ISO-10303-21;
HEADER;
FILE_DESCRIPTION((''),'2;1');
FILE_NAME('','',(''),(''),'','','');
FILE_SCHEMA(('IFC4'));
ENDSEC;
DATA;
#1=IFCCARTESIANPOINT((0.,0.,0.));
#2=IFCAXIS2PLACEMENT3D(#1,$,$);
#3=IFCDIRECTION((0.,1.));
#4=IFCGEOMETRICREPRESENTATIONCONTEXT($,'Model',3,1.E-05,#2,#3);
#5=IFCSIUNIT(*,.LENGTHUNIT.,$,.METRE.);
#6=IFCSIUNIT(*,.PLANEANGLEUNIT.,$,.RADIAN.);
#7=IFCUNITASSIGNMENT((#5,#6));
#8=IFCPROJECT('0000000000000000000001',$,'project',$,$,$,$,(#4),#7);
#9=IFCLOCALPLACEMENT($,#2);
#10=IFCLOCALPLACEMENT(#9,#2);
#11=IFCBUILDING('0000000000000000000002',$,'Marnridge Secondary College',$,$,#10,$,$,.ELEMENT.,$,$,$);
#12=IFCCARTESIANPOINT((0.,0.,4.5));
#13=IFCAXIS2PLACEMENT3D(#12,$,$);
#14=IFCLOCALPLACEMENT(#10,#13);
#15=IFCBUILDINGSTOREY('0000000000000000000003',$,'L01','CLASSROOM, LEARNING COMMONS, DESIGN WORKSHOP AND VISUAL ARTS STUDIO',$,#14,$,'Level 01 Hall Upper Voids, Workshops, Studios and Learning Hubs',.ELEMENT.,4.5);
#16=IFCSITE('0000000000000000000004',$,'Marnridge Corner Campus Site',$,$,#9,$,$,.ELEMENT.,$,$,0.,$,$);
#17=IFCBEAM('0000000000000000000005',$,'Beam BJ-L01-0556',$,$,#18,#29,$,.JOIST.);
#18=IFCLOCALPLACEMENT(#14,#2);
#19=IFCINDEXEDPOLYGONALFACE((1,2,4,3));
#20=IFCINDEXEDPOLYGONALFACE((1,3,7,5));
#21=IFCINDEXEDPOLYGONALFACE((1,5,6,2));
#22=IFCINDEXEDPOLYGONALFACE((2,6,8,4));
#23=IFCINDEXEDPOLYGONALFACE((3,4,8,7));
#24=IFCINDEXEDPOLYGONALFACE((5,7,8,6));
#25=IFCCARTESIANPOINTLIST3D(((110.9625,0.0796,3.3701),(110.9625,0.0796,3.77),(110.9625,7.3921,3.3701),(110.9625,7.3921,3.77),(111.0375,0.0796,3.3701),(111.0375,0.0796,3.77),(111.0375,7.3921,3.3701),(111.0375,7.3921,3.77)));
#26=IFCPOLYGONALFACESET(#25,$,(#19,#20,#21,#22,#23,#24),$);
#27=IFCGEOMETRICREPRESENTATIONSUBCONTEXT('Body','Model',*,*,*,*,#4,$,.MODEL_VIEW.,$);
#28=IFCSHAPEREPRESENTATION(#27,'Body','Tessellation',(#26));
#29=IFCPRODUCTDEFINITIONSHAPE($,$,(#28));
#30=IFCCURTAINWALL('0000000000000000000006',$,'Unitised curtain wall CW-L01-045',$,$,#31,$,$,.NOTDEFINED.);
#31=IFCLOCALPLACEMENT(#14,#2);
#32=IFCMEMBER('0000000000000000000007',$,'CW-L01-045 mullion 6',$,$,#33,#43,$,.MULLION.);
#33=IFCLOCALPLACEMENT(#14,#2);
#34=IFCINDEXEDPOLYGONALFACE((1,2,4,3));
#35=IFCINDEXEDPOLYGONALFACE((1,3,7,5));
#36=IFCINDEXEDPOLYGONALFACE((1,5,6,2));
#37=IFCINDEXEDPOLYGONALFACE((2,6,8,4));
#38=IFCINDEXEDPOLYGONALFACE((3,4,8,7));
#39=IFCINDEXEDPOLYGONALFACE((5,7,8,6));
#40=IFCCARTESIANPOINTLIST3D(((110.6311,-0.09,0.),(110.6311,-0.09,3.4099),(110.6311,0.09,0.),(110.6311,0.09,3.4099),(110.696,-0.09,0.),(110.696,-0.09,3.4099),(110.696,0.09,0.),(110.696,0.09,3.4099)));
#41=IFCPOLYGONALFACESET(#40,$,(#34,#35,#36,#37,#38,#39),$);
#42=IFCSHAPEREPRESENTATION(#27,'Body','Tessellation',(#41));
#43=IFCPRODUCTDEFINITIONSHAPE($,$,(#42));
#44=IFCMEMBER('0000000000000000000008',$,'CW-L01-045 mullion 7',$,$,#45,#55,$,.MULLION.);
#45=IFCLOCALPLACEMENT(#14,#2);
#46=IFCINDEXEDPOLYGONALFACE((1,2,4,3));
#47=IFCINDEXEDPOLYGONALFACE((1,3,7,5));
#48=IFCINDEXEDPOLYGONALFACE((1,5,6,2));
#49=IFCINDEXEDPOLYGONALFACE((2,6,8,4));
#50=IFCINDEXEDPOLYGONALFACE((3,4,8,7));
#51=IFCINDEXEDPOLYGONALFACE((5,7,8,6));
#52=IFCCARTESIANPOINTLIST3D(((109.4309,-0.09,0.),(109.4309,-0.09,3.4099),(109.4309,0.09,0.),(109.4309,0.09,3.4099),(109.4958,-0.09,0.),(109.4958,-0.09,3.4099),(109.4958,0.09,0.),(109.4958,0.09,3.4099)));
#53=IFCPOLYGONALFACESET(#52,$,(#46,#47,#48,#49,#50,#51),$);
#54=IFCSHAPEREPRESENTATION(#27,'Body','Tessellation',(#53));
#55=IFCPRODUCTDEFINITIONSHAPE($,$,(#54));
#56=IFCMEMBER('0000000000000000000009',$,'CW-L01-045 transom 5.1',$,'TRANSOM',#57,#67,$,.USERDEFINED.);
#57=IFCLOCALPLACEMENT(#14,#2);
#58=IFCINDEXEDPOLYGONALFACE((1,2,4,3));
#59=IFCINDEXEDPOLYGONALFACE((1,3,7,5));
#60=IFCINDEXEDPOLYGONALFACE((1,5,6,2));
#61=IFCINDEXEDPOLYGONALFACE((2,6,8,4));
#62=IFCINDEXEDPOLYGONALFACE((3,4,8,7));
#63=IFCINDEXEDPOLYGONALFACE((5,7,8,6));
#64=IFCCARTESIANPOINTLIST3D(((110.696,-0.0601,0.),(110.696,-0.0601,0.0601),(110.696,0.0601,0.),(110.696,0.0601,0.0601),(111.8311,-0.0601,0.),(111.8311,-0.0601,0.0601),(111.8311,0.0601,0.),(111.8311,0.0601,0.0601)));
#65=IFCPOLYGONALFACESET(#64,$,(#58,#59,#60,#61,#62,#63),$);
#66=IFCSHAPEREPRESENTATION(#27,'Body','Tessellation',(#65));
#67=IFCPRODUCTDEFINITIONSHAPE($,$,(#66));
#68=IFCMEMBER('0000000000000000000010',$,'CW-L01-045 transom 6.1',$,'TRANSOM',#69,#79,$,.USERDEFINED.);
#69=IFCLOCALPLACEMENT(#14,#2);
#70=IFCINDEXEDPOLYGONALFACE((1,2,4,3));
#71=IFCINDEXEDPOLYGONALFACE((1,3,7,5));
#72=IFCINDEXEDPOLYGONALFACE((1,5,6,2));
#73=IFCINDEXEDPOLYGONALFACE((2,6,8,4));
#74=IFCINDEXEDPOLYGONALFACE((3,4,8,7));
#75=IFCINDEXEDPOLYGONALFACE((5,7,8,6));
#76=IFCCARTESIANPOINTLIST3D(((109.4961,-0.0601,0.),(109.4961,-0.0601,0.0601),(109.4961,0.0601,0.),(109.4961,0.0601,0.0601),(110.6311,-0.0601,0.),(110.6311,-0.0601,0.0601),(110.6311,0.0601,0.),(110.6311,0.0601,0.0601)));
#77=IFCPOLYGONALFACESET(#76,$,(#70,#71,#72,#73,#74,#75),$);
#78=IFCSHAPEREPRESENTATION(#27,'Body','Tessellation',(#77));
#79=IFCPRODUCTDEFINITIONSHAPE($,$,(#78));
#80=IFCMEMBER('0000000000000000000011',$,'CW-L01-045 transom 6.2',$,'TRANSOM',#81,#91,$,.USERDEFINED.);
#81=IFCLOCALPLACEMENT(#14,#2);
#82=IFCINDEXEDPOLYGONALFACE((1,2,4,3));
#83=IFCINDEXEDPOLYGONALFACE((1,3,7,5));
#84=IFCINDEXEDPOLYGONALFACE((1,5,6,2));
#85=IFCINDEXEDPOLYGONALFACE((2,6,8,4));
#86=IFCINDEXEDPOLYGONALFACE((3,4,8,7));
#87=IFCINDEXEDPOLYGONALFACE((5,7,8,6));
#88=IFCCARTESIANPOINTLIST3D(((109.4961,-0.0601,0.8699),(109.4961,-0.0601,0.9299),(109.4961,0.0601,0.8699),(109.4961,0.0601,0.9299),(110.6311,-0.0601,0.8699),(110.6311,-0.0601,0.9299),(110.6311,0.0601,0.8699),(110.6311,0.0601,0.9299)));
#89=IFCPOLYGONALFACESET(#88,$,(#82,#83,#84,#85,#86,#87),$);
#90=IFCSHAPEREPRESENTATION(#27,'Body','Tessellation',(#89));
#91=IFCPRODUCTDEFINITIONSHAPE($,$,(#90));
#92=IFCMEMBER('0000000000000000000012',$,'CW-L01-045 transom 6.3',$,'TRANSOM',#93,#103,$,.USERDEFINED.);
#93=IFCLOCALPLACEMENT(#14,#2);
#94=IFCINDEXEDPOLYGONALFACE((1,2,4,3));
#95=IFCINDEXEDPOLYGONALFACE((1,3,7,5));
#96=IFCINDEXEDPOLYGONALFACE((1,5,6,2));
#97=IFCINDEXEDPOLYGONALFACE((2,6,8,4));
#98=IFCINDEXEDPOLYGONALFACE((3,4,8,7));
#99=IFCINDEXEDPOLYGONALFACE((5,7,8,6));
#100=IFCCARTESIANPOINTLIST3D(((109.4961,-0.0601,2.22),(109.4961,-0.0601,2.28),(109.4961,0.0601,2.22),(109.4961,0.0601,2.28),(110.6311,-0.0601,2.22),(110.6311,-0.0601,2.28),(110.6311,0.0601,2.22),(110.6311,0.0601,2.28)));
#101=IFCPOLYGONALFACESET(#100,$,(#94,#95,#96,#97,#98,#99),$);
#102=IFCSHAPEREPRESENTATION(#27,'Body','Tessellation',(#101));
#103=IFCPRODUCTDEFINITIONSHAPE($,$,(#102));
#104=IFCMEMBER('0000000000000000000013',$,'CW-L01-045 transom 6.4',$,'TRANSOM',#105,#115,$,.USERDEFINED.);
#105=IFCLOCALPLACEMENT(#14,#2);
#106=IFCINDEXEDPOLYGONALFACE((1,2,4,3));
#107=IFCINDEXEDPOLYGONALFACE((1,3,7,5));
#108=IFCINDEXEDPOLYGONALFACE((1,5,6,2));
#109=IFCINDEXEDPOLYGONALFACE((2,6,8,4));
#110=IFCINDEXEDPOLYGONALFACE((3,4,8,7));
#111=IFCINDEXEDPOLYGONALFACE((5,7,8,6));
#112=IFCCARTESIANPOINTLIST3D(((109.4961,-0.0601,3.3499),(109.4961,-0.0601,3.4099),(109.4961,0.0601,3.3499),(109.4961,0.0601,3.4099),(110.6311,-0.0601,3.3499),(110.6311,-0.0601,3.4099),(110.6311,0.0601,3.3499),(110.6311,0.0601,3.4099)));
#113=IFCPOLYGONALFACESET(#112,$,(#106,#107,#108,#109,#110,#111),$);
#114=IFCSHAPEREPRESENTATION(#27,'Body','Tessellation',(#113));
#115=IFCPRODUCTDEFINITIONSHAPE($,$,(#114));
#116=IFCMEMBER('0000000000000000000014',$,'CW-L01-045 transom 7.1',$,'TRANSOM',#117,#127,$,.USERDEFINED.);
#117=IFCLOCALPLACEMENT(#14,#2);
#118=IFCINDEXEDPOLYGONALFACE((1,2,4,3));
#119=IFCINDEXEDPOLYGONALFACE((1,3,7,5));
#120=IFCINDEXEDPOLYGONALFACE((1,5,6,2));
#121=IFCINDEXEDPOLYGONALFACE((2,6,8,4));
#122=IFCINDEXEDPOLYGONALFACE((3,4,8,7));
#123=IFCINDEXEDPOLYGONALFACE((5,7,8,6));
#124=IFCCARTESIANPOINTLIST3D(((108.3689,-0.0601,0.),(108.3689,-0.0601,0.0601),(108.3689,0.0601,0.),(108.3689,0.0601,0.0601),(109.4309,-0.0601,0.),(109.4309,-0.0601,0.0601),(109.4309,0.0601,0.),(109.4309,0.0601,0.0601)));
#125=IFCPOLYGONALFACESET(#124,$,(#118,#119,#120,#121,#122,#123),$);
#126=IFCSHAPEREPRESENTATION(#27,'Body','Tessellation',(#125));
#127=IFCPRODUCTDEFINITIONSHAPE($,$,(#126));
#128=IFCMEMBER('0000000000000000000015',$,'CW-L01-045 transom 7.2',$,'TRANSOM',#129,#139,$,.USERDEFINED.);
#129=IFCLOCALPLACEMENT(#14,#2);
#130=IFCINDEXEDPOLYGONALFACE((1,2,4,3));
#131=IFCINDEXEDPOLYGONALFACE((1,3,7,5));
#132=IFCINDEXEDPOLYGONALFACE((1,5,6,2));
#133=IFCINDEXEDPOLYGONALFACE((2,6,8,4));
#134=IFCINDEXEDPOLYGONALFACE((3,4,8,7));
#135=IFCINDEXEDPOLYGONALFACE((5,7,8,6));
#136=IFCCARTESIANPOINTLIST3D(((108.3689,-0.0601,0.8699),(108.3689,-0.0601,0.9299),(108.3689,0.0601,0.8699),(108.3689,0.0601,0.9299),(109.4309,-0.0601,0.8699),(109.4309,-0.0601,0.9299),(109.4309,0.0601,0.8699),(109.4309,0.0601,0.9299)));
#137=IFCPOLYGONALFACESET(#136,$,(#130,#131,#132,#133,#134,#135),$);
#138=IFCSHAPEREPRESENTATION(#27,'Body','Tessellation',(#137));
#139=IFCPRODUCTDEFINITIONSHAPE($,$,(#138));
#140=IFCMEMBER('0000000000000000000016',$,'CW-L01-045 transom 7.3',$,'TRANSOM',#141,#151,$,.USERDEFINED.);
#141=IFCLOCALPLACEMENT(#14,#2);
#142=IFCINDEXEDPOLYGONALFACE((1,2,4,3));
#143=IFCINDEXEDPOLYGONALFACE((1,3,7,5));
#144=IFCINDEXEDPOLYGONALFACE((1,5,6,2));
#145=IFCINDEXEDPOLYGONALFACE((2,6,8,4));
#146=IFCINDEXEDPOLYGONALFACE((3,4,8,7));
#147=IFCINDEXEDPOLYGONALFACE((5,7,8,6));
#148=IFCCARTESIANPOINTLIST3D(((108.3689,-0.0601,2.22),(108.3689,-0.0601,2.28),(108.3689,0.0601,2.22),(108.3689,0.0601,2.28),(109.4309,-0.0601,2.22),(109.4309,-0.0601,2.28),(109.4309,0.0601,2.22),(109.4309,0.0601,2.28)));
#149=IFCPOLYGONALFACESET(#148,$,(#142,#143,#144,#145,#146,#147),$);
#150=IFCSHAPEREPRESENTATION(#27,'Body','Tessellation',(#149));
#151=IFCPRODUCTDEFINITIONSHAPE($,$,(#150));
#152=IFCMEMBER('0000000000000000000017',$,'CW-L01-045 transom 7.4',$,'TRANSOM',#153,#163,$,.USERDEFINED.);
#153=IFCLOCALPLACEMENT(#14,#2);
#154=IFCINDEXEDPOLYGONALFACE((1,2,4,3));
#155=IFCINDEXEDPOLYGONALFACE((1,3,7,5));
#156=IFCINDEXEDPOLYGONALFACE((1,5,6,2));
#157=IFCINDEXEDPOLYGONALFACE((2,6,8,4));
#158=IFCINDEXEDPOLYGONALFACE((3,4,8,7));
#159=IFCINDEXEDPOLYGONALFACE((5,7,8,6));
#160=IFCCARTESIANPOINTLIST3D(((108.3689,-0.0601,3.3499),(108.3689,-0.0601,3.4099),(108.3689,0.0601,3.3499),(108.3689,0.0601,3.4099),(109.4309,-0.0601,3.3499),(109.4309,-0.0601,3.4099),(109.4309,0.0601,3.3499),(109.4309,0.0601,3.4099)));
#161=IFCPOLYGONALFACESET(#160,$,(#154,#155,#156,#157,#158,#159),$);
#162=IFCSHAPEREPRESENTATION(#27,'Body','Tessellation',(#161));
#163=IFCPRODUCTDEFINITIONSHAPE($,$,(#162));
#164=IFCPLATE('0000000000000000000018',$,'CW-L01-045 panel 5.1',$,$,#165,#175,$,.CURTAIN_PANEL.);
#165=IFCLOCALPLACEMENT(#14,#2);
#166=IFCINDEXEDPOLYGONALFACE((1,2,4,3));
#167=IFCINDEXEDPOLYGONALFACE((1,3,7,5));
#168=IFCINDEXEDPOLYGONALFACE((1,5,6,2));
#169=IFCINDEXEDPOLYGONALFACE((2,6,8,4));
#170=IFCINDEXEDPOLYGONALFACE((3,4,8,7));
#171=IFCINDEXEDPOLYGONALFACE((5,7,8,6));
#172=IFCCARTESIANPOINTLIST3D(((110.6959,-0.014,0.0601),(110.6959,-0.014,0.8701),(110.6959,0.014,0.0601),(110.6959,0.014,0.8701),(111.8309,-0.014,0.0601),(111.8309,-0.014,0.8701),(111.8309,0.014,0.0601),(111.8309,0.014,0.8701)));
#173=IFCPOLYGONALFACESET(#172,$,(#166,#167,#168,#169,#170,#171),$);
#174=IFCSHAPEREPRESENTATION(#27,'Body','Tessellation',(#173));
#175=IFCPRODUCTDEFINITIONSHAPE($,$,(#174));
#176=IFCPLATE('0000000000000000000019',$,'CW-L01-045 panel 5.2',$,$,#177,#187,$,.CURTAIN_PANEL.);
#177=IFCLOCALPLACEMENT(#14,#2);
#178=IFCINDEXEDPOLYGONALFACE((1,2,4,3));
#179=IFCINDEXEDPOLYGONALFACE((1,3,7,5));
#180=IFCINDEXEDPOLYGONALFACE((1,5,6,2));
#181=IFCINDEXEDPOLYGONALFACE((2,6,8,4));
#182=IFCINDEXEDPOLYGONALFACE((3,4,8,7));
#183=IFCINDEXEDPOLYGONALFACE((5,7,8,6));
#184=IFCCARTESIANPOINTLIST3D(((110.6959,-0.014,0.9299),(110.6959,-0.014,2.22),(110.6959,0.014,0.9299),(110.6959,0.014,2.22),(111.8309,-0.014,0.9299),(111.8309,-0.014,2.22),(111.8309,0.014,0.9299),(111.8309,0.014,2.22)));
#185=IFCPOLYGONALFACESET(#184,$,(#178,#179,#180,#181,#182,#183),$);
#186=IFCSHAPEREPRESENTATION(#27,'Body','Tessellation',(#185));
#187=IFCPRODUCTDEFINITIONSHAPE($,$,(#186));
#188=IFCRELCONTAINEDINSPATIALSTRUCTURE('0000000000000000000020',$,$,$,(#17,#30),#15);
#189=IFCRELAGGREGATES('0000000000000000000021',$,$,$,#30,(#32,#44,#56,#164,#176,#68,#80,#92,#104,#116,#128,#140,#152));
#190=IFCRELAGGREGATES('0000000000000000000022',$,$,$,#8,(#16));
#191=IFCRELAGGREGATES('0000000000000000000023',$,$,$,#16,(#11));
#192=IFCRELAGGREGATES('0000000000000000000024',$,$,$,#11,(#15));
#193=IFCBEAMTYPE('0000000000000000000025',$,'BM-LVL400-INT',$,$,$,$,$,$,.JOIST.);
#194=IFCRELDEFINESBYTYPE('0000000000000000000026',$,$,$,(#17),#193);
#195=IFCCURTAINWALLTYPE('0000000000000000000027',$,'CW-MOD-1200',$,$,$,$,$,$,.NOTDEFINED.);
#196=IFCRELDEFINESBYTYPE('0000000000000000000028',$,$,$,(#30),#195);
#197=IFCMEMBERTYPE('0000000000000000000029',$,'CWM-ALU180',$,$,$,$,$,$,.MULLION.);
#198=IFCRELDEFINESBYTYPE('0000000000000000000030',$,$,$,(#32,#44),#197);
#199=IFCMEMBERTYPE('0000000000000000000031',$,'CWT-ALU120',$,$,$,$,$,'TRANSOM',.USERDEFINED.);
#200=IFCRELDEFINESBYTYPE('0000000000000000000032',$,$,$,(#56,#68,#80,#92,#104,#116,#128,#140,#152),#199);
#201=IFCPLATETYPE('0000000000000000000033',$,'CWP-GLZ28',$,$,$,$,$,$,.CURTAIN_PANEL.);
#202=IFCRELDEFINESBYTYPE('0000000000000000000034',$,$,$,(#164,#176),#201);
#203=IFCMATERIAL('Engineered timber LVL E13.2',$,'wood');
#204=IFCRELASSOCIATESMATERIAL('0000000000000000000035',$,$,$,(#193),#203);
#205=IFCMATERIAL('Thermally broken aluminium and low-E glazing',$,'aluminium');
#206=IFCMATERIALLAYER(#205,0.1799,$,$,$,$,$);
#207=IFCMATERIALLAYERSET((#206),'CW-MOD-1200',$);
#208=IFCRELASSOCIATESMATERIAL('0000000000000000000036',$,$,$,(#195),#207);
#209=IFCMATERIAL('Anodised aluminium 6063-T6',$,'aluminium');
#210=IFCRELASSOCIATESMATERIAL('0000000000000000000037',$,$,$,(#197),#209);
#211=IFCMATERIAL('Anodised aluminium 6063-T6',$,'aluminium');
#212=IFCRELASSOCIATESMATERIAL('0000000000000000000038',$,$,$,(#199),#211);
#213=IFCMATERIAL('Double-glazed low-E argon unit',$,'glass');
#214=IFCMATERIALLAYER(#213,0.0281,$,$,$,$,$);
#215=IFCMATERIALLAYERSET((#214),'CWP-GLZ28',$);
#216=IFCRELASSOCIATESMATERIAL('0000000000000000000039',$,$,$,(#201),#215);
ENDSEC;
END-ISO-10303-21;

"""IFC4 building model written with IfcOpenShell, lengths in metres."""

from ifc_helpers import new_model, si_unit, direction, frame, origin, origin_2d, place, context, subcontext, project, spatial, rectangle, extrude, material, layer, layer_set, material_profile, profile_set, type_object, element, aggregate, save


model = new_model("IFC4")

# Units and contexts
model_context = context("Model", 3, precision=1e-05, world=origin(), true_north=direction((0.0, 1.0)))
body_context = subcontext(model_context, "Body", "Model", "MODEL_VIEW")
ifc_project = project(units=[si_unit("LENGTHUNIT", "METRE"), si_unit("PLANEANGLEUNIT", "RADIAN")], contexts=[model_context])

# Site, building, storey
site_placement = place(None, origin())
site = spatial("IfcSite", under=ifc_project, at=site_placement, Name="Marnridge Corner Campus Site", CompositionType="ELEMENT", RefElevation=0.0)
building_placement = place(site_placement, origin())
building = spatial("IfcBuilding", under=site, at=building_placement, Name="Marnridge Secondary College", CompositionType="ELEMENT")
storey_placement = place(building_placement, frame((0.0, 0.0, 4.5)))
storey = spatial("IfcBuildingStorey", under=building, at=storey_placement, Name="L01", Description="CLASSROOM, LEARNING COMMONS, DESIGN WORKSHOP AND VISUAL ARTS STUDIO", LongName="Level 01 Hall Upper Voids, Workshops, Studios and Learning Hubs", CompositionType="ELEMENT", Elevation=4.5)

# Beam
ifc_material_1 = material(Name="Engineered timber LVL E13.2", Category="wood")
ifc_material_profile_1 = material_profile(ifc_material_1, rectangle(XDim=0.075, YDim=0.3999, at=origin_2d()), Name="LVL 75x400")
ifc_profile_set_1 = profile_set([ifc_material_profile_1], Name="Engineered timber LVL E13.2")
beam_type = type_object("IfcBeamType", Name="BM-LVL400-INT", PredefinedType="JOIST", material=ifc_profile_set_1)
beam_placement = place(storey_placement, frame((111.0, 0.0796, 3.5701), z_axis=(0.0, 1.0, 0.0), x_axis=(-1.0, 0.0, 0.0)))
element("IfcBeam", 1, at=beam_placement, inside=storey, type_object=beam_type, Name="Beam BJ-L01-0556", PredefinedType="JOIST", context=body_context, shape_type="SweptSolid", body=[
    extrude(rectangle(XDim=0.075, YDim=0.3999, at=origin_2d()), origin(), (0.0, 0.0, 1.0), 7.3125),
])

# Curtain wall, members, plates
ifc_material_2 = material(Name="Thermally broken aluminium and low-E glazing", Category="aluminium")
ifc_layer_1 = layer(ifc_material_2, 0.1799)
ifc_layer_set_1 = layer_set([ifc_layer_1], Name="CW-MOD-1200")
curtain_wall_type = type_object("IfcCurtainWallType", Name="CW-MOD-1200", PredefinedType="NOTDEFINED", material=ifc_layer_set_1)
curtain_wall_placement = place(storey_placement, origin())
curtain_wall = element("IfcCurtainWall", 2, at=curtain_wall_placement, inside=storey, type_object=curtain_wall_type, Name="Unitised curtain wall CW-L01-045", PredefinedType="NOTDEFINED")
ifc_material_3 = material(Name="Anodised aluminium 6063-T6", Category="aluminium")
ifc_material_profile_2 = material_profile(ifc_material_3, rectangle(XDim=0.0649, YDim=0.1799, at=origin_2d()), Name="ALU 65x180")
ifc_profile_set_2 = profile_set([ifc_material_profile_2], Name="Anodised aluminium 6063-T6")
member_type_1 = type_object("IfcMemberType", Name="CWM-ALU180", PredefinedType="MULLION", material=ifc_profile_set_2)
member_1_placement = place(storey_placement, frame((110.6636, 0.0, 0.0), z_axis=(0.0, 0.0, 1.0), x_axis=(-1.0, 0.0, 0.0)))
member_1 = element("IfcMember", 3, at=member_1_placement, type_object=member_type_1, Name="CW-L01-045 mullion 6", PredefinedType="MULLION", context=body_context, shape_type="SweptSolid", body=[
    extrude(rectangle(XDim=0.0649, YDim=0.1799, at=origin_2d()), origin(), (0.0, 0.0, 1.0), 3.4099),
])
member_2_placement = place(storey_placement, frame((109.4634, 0.0, 0.0), z_axis=(0.0, 0.0, 1.0), x_axis=(-1.0, 0.0, 0.0)))
member_2 = element("IfcMember", 4, at=member_2_placement, type_object=member_type_1, Name="CW-L01-045 mullion 7", PredefinedType="MULLION", context=body_context, shape_type="SweptSolid", body=[
    extrude(rectangle(XDim=0.0649, YDim=0.1799, at=origin_2d()), origin(), (0.0, 0.0, 1.0), 3.4099),
])
ifc_material_4 = material(Name="Anodised aluminium 6063-T6", Category="aluminium")
ifc_material_profile_3 = material_profile(ifc_material_4, rectangle(XDim=0.0601, YDim=0.1201, at=origin_2d()), Name="ALU 60x120")
ifc_profile_set_3 = profile_set([ifc_material_profile_3], Name="Anodised aluminium 6063-T6")
member_type_2 = type_object("IfcMemberType", Name="CWT-ALU120", ElementType="TRANSOM", PredefinedType="USERDEFINED", material=ifc_profile_set_3)
member_3_placement = place(storey_placement, frame((111.8311, 0.0, 0.03), z_axis=(-1.0, 0.0, 0.0), x_axis=(0.0, 0.0, 1.0)))
member_3 = element("IfcMember", 5, at=member_3_placement, type_object=member_type_2, Name="CW-L01-045 transom 5.1", ObjectType="TRANSOM", PredefinedType="USERDEFINED", context=body_context, shape_type="SweptSolid", body=[
    extrude(rectangle(XDim=0.0601, YDim=0.1201, at=origin_2d()), origin(), (0.0, 0.0, 1.0), 1.135),
])
member_4_placement = place(storey_placement, frame((110.6311, 0.0, 0.03), z_axis=(-1.0, 0.0, 0.0), x_axis=(0.0, 0.0, 1.0)))
member_4 = element("IfcMember", 6, at=member_4_placement, type_object=member_type_2, Name="CW-L01-045 transom 6.1", ObjectType="TRANSOM", PredefinedType="USERDEFINED", context=body_context, shape_type="SweptSolid", body=[
    extrude(rectangle(XDim=0.0601, YDim=0.1201, at=origin_2d()), origin(), (0.0, 0.0, 1.0), 1.135),
])
member_5_placement = place(storey_placement, frame((110.6311, 0.0, 0.8999), z_axis=(-1.0, 0.0, 0.0), x_axis=(0.0, 0.0, 1.0)))
member_5 = element("IfcMember", 7, at=member_5_placement, type_object=member_type_2, Name="CW-L01-045 transom 6.2", ObjectType="TRANSOM", PredefinedType="USERDEFINED", context=body_context, shape_type="SweptSolid", body=[
    extrude(rectangle(XDim=0.0601, YDim=0.1201, at=origin_2d()), origin(), (0.0, 0.0, 1.0), 1.135),
])
member_6_placement = place(storey_placement, frame((110.6311, 0.0, 2.25), z_axis=(-1.0, 0.0, 0.0), x_axis=(0.0, 0.0, 1.0)))
member_6 = element("IfcMember", 8, at=member_6_placement, type_object=member_type_2, Name="CW-L01-045 transom 6.3", ObjectType="TRANSOM", PredefinedType="USERDEFINED", context=body_context, shape_type="SweptSolid", body=[
    extrude(rectangle(XDim=0.0601, YDim=0.1201, at=origin_2d()), origin(), (0.0, 0.0, 1.0), 1.135),
])
member_7_placement = place(storey_placement, frame((110.6311, 0.0, 3.3799), z_axis=(-1.0, 0.0, 0.0), x_axis=(0.0, 0.0, 1.0)))
member_7 = element("IfcMember", 9, at=member_7_placement, type_object=member_type_2, Name="CW-L01-045 transom 6.4", ObjectType="TRANSOM", PredefinedType="USERDEFINED", context=body_context, shape_type="SweptSolid", body=[
    extrude(rectangle(XDim=0.0601, YDim=0.1201, at=origin_2d()), origin(), (0.0, 0.0, 1.0), 1.135),
])
member_8_placement = place(storey_placement, frame((109.4309, 0.0, 0.03), z_axis=(-1.0, 0.0, 0.0), x_axis=(0.0, 0.0, 1.0)))
member_8 = element("IfcMember", 10, at=member_8_placement, type_object=member_type_2, Name="CW-L01-045 transom 7.1", ObjectType="TRANSOM", PredefinedType="USERDEFINED", context=body_context, shape_type="SweptSolid", body=[
    extrude(rectangle(XDim=0.0601, YDim=0.1201, at=origin_2d()), origin(), (0.0, 0.0, 1.0), 1.062),
])
member_9_placement = place(storey_placement, frame((109.4309, 0.0, 0.8999), z_axis=(-1.0, 0.0, 0.0), x_axis=(0.0, 0.0, 1.0)))
member_9 = element("IfcMember", 11, at=member_9_placement, type_object=member_type_2, Name="CW-L01-045 transom 7.2", ObjectType="TRANSOM", PredefinedType="USERDEFINED", context=body_context, shape_type="SweptSolid", body=[
    extrude(rectangle(XDim=0.0601, YDim=0.1201, at=origin_2d()), origin(), (0.0, 0.0, 1.0), 1.062),
])
member_10_placement = place(storey_placement, frame((109.4309, 0.0, 2.25), z_axis=(-1.0, 0.0, 0.0), x_axis=(0.0, 0.0, 1.0)))
member_10 = element("IfcMember", 12, at=member_10_placement, type_object=member_type_2, Name="CW-L01-045 transom 7.3", ObjectType="TRANSOM", PredefinedType="USERDEFINED", context=body_context, shape_type="SweptSolid", body=[
    extrude(rectangle(XDim=0.0601, YDim=0.1201, at=origin_2d()), origin(), (0.0, 0.0, 1.0), 1.062),
])
member_11_placement = place(storey_placement, frame((109.4309, 0.0, 3.3799), z_axis=(-1.0, 0.0, 0.0), x_axis=(0.0, 0.0, 1.0)))
member_11 = element("IfcMember", 13, at=member_11_placement, type_object=member_type_2, Name="CW-L01-045 transom 7.4", ObjectType="TRANSOM", PredefinedType="USERDEFINED", context=body_context, shape_type="SweptSolid", body=[
    extrude(rectangle(XDim=0.0601, YDim=0.1201, at=origin_2d()), origin(), (0.0, 0.0, 1.0), 1.062),
])
ifc_material_5 = material(Name="Double-glazed low-E argon unit", Category="glass")
ifc_layer_2 = layer(ifc_material_5, 0.0281)
ifc_layer_set_2 = layer_set([ifc_layer_2], Name="CWP-GLZ28")
plate_type = type_object("IfcPlateType", Name="CWP-GLZ28", PredefinedType="CURTAIN_PANEL", material=ifc_layer_set_2)
plate_1_placement = place(storey_placement, frame((111.2634, 0.0, 0.0601), z_axis=(0.0, 0.0, 1.0), x_axis=(-1.0, 0.0, 0.0)))
plate_1 = element("IfcPlate", 14, at=plate_1_placement, type_object=plate_type, Name="CW-L01-045 panel 5.1", PredefinedType="CURTAIN_PANEL", context=body_context, shape_type="SweptSolid", body=[
    extrude(rectangle(XDim=1.135, YDim=0.0281, at=origin_2d()), origin(), (0.0, 0.0, 1.0), 0.8101),
])
plate_2_placement = place(storey_placement, frame((111.2634, 0.0, 0.9299), z_axis=(0.0, 0.0, 1.0), x_axis=(-1.0, 0.0, 0.0)))
plate_2 = element("IfcPlate", 15, at=plate_2_placement, type_object=plate_type, Name="CW-L01-045 panel 5.2", PredefinedType="CURTAIN_PANEL", context=body_context, shape_type="SweptSolid", body=[
    extrude(rectangle(XDim=1.135, YDim=0.0281, at=origin_2d()), origin(), (0.0, 0.0, 1.0), 1.29),
])
aggregate(curtain_wall, [member_1, member_2, member_3, plate_1, plate_2, member_4, member_5, member_6, member_7, member_8, member_9, member_10, member_11])

save(model, "model.ifc")
